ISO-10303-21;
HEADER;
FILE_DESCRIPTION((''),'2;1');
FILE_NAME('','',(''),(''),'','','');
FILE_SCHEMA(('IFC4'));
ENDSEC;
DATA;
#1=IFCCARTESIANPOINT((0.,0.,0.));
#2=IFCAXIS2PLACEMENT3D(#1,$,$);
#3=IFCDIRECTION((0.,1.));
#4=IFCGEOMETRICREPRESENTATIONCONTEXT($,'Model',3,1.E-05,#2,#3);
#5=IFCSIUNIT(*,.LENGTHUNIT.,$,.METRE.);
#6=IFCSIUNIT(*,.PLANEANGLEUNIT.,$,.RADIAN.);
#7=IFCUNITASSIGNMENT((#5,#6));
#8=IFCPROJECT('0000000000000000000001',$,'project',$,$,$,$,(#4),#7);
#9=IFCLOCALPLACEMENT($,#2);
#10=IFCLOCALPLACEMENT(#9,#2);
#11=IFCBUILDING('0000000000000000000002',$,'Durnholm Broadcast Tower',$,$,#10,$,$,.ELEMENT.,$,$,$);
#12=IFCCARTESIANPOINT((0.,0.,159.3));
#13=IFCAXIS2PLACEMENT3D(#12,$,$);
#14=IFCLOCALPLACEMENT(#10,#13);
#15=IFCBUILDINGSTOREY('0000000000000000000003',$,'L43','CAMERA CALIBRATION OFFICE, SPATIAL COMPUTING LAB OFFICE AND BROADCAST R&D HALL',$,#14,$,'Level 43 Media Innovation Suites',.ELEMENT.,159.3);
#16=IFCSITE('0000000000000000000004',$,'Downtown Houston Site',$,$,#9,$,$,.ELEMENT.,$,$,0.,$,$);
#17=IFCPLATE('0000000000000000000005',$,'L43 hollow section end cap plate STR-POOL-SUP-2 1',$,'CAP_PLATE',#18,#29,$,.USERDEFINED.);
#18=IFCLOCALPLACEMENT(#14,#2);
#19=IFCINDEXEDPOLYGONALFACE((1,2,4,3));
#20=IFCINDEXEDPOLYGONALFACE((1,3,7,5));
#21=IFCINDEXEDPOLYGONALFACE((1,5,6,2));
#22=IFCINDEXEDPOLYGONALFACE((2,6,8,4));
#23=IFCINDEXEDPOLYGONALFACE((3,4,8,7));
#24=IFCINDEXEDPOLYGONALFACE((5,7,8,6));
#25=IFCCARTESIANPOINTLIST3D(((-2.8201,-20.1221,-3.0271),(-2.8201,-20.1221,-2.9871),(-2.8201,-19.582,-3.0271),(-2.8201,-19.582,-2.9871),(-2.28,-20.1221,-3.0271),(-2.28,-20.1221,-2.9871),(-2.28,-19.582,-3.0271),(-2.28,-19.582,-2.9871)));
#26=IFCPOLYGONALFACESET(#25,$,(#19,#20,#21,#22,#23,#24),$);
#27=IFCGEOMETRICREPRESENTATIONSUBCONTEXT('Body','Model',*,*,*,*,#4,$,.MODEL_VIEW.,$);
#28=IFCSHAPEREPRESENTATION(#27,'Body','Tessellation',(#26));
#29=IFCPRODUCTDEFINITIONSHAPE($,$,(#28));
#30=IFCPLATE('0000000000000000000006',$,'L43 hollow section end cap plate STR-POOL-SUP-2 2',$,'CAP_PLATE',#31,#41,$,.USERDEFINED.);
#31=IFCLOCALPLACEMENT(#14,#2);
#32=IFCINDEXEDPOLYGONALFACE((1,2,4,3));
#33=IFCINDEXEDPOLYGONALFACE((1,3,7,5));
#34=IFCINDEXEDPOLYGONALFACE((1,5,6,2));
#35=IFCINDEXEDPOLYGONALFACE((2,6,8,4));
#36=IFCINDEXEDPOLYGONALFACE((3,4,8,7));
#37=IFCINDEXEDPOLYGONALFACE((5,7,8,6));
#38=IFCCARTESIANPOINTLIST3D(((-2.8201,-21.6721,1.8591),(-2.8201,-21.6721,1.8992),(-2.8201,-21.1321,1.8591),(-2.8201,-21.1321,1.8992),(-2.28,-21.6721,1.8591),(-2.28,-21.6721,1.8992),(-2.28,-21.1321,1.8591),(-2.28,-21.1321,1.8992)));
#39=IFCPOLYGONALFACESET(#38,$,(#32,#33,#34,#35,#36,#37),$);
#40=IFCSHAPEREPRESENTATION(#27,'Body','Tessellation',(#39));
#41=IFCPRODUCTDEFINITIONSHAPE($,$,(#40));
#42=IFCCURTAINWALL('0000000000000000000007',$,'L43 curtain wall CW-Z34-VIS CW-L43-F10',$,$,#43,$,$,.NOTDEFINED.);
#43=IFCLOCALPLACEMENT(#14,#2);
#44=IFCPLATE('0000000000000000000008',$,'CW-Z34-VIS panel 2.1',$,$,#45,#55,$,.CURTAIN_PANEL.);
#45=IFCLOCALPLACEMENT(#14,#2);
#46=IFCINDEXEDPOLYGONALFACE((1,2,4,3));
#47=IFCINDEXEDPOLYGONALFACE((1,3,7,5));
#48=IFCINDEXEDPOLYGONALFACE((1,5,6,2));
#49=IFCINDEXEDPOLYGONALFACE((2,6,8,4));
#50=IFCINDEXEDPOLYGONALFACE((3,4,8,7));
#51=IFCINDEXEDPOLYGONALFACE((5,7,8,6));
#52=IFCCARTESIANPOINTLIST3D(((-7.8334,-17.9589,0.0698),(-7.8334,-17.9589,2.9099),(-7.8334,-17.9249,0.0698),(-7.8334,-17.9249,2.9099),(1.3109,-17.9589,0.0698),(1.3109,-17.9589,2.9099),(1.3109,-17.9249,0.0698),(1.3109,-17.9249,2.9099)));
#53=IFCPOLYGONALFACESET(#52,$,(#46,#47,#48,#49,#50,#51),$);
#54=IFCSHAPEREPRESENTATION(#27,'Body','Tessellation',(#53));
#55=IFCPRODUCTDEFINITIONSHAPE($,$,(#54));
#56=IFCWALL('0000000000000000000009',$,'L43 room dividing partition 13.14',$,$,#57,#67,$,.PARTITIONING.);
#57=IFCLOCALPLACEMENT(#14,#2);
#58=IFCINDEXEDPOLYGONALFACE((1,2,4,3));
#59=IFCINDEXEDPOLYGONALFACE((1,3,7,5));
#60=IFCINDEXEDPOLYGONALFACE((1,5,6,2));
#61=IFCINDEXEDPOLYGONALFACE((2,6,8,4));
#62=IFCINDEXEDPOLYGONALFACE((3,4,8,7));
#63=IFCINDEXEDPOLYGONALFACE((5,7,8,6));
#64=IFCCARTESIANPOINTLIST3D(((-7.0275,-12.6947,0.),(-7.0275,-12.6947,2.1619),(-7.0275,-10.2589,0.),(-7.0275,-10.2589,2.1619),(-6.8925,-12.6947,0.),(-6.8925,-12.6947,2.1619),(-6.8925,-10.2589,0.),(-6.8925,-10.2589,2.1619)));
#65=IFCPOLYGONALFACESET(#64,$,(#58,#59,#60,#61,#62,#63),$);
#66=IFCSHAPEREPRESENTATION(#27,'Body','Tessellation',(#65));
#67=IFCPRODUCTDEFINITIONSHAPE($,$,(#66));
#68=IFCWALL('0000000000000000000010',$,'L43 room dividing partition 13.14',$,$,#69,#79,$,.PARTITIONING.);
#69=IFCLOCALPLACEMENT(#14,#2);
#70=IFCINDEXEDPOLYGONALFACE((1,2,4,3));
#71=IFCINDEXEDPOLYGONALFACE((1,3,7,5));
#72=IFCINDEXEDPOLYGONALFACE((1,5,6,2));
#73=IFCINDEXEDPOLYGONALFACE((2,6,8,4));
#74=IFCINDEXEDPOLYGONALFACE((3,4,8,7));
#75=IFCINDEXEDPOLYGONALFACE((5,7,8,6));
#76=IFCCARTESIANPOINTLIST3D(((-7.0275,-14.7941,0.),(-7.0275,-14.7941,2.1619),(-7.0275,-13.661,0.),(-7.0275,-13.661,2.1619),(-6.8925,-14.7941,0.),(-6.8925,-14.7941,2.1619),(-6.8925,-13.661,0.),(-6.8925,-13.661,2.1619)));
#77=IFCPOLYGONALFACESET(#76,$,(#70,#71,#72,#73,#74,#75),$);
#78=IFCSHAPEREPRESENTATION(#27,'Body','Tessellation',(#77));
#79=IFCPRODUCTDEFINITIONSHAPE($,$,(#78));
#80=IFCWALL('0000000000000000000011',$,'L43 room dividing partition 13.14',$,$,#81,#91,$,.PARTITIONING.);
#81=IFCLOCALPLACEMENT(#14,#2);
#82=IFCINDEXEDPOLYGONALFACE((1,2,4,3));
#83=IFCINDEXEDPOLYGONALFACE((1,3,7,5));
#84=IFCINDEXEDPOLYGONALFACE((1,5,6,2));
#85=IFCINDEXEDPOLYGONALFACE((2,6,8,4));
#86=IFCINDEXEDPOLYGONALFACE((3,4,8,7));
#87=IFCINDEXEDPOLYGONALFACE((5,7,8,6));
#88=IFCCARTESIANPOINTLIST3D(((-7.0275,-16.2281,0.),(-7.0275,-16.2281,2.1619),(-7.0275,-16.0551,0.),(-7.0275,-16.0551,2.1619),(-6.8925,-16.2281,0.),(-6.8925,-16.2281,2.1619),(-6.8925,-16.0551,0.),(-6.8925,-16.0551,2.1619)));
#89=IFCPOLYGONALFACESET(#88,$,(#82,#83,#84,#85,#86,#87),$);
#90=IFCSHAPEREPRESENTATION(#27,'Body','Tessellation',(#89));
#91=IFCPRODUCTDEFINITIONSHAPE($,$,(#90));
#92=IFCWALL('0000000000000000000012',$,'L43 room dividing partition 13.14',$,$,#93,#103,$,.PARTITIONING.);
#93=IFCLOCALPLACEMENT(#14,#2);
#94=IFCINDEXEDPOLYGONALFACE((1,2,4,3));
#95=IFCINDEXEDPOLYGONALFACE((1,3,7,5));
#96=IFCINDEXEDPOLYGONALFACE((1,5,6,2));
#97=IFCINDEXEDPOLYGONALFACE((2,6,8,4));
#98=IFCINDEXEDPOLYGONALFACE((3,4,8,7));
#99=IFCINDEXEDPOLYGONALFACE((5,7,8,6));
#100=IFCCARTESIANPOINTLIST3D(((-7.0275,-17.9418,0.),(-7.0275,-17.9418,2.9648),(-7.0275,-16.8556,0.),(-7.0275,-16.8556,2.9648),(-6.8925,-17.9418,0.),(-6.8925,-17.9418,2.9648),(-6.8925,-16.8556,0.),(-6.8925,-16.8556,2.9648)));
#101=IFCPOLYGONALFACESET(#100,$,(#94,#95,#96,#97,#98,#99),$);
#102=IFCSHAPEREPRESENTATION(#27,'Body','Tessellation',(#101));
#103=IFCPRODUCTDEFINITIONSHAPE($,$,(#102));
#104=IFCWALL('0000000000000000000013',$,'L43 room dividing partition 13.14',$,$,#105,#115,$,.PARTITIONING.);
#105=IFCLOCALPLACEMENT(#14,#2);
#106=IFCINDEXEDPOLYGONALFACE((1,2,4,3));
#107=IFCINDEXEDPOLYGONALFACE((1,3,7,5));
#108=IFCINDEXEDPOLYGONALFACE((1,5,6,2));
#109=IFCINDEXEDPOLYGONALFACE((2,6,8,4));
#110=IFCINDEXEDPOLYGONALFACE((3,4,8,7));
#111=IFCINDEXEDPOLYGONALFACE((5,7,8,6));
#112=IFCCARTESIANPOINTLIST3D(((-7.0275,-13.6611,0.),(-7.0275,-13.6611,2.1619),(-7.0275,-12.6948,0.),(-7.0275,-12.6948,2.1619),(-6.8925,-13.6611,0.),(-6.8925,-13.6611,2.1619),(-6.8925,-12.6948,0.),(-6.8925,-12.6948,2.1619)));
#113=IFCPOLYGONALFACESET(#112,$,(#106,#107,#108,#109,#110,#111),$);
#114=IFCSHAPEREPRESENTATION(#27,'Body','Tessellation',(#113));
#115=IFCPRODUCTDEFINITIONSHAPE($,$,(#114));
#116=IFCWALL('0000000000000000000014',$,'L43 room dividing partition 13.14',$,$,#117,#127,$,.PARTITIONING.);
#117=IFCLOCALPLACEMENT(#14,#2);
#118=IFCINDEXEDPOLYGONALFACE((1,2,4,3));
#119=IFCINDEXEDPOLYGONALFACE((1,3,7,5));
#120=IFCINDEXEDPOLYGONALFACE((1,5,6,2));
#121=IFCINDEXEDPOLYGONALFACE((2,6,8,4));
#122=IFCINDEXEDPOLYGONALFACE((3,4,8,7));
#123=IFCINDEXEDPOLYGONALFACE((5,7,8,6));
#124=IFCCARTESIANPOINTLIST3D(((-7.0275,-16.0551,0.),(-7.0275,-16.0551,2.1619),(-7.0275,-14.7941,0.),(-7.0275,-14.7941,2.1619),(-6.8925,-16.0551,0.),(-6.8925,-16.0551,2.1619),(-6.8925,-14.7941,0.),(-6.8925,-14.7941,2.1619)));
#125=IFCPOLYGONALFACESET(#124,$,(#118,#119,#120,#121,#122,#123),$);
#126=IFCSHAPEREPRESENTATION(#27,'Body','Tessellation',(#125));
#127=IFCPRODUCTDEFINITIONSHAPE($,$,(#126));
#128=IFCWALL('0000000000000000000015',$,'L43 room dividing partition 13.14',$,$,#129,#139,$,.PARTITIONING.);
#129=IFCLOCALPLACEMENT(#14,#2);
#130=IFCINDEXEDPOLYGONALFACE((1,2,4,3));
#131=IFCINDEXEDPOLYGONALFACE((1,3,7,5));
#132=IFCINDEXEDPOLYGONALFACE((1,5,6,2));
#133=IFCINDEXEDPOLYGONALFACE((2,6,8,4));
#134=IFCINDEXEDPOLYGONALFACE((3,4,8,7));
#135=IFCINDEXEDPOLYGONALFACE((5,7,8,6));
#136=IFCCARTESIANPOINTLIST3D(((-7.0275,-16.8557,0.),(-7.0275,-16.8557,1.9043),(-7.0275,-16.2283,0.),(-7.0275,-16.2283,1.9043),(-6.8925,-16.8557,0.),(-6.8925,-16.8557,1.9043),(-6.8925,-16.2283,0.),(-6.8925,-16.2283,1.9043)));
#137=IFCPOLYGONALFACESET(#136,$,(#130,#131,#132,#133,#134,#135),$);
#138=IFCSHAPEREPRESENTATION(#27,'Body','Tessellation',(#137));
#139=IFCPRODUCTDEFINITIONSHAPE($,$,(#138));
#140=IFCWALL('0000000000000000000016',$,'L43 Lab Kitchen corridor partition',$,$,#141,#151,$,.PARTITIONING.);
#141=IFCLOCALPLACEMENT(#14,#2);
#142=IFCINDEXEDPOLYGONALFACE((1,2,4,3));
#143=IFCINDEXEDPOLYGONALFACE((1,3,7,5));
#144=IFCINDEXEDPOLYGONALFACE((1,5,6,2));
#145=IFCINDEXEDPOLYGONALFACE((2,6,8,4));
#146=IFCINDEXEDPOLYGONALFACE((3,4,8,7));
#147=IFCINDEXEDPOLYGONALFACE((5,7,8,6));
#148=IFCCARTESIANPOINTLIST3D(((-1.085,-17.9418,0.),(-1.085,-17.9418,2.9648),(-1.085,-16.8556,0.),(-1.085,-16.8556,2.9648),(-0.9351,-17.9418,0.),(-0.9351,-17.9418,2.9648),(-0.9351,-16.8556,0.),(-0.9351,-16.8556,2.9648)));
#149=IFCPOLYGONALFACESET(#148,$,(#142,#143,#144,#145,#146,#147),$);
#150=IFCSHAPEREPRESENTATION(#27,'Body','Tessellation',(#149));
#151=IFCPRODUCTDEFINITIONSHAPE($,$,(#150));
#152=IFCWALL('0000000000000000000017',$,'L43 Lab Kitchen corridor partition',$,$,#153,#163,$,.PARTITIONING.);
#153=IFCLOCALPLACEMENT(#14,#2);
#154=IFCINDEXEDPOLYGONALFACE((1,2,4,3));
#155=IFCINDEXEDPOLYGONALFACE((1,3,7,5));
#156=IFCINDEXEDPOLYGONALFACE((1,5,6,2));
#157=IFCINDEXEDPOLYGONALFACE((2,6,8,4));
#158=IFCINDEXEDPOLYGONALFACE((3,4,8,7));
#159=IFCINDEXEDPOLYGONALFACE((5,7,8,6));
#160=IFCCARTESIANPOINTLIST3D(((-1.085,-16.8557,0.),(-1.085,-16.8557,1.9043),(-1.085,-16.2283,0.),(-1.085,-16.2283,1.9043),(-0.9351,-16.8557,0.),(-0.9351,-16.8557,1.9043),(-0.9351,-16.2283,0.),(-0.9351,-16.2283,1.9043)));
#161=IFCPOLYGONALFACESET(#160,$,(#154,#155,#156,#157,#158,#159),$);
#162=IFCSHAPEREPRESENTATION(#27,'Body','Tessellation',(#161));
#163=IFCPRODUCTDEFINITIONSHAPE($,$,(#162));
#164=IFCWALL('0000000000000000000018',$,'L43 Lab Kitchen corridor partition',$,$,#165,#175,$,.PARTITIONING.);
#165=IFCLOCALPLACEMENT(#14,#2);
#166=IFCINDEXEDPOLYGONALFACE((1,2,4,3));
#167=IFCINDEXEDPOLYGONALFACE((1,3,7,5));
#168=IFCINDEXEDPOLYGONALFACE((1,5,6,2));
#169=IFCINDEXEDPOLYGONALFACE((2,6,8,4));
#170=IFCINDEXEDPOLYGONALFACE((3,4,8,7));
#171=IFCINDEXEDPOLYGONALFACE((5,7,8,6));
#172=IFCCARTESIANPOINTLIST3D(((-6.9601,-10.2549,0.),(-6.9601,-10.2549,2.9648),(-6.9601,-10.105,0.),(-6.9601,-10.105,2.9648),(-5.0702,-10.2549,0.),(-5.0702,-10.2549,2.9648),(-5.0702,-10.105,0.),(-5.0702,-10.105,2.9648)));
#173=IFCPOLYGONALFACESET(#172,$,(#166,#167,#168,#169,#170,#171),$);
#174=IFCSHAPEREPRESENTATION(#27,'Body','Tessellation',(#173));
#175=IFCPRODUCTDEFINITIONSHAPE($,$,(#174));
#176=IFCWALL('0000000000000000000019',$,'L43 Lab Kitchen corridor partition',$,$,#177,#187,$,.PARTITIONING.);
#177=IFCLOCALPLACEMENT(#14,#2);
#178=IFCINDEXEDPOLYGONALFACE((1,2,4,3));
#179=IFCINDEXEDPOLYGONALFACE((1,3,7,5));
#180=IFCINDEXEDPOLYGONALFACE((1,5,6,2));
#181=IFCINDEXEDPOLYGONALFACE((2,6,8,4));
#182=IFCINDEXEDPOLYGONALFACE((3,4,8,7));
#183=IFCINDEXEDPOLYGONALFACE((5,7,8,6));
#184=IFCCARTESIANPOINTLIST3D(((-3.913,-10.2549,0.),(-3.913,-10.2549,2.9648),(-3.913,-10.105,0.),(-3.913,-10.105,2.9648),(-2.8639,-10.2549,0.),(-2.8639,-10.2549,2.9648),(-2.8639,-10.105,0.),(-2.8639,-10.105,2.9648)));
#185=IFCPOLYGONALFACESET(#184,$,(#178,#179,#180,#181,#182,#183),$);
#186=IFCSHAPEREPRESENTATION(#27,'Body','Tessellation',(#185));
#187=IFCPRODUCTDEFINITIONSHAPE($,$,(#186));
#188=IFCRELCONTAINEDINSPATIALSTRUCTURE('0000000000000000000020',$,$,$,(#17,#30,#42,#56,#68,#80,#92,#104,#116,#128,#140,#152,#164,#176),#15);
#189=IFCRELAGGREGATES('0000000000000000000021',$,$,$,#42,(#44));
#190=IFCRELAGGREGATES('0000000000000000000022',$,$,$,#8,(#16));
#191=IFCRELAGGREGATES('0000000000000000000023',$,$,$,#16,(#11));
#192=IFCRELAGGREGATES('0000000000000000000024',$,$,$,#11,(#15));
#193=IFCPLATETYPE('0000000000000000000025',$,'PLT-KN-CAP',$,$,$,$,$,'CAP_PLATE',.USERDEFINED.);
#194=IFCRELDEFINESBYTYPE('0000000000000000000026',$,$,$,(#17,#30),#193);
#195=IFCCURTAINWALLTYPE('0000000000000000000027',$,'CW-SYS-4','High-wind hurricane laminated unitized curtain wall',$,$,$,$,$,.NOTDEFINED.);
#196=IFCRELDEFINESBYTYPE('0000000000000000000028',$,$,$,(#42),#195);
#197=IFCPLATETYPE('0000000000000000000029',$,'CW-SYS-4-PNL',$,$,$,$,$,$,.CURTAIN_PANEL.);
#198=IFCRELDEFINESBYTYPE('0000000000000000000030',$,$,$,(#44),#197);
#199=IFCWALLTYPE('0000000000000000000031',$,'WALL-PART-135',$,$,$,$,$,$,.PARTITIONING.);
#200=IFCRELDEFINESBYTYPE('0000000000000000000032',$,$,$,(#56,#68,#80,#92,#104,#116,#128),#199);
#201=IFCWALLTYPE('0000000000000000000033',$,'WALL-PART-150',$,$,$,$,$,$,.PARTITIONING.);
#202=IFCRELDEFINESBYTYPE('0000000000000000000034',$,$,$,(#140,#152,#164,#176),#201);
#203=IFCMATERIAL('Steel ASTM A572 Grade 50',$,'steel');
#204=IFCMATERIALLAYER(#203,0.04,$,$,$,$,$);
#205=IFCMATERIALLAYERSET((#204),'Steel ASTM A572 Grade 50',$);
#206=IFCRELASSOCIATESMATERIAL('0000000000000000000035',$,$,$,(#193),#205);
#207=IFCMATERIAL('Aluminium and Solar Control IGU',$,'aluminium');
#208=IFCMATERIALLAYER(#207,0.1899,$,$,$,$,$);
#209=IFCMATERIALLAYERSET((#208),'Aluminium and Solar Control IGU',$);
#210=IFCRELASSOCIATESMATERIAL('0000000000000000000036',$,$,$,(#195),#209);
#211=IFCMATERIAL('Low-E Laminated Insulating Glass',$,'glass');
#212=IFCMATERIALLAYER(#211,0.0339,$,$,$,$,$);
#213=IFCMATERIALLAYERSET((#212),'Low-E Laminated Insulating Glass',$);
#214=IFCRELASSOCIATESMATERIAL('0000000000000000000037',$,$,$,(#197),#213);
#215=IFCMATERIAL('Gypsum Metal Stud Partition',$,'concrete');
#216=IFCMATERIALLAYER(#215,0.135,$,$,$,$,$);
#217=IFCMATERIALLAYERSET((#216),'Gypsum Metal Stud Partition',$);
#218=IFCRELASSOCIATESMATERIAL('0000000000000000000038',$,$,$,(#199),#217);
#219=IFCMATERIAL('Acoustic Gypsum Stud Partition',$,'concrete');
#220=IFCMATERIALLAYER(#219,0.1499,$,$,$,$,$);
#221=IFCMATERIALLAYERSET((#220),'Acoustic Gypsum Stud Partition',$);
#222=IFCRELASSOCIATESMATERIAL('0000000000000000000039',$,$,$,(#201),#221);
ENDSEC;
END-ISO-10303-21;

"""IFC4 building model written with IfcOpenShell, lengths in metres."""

from ifc_helpers import new_model, si_unit, direction, frame, frame_2d, origin, origin_2d, place, context, subcontext, project, spatial, rectangle, extrude, source, transform, mapped, material, layer, layer_set, type_object, type_shapes, element, aggregate, save


model = new_model("IFC4")

# Units and contexts
model_context = context("Model", 3, precision=1e-05, world=origin(), true_north=direction((0.0, 1.0)))
body_context = subcontext(model_context, "Body", "Model", "MODEL_VIEW")
ifc_project = project(units=[si_unit("LENGTHUNIT", "METRE"), si_unit("PLANEANGLEUNIT", "RADIAN")], contexts=[model_context])

# Site, building, storey
site_placement = place(None, origin())
site = spatial("IfcSite", under=ifc_project, at=site_placement, Name="Downtown Houston Site", CompositionType="ELEMENT", RefElevation=0.0)
building_placement = place(site_placement, origin())
building = spatial("IfcBuilding", under=site, at=building_placement, Name="Durnholm Broadcast Tower", CompositionType="ELEMENT")
storey_placement = place(building_placement, frame((0.0, 0.0, 159.3)))
storey = spatial("IfcBuildingStorey", under=building, at=storey_placement, Name="L43", Description="CAMERA CALIBRATION OFFICE, SPATIAL COMPUTING LAB OFFICE AND BROADCAST R&D HALL", LongName="Level 43 Media Innovation Suites", CompositionType="ELEMENT", Elevation=159.3)

# Plates
ifc_material_1 = material(Name="Steel ASTM A572 Grade 50", Category="steel")
ifc_layer_1 = layer(ifc_material_1, 0.04)
ifc_layer_set_1 = layer_set([ifc_layer_1], Name="Steel ASTM A572 Grade 50")
plate_type_1 = type_object("IfcPlateType", Name="PLT-KN-CAP", ElementType="CAP_PLATE", PredefinedType="USERDEFINED", material=ifc_layer_set_1)
shared_shape_1 = source(origin(), body_context, "Body", "SweptSolid", [
    extrude(rectangle(XDim=0.54, YDim=0.54, at=origin_2d()), origin(), (0.0, 0.0, 1.0), 0.04),
])
type_shapes(plate_type_1, [shared_shape_1])
for number, where, z_axis, x_axis, name in (
    (1, (-2.55, -19.8521, -3.0271), (0.0, 0.0, 1.0), (0.0, -1.0, 0.0), "L43 hollow section end cap plate STR-POOL-SUP-2 1"),
    (2, (-2.55, -21.4021, 1.8591), (0.0, 0.0, 1.0), (0.0, -1.0, 0.0), "L43 hollow section end cap plate STR-POOL-SUP-2 2"),
):
    element("IfcPlate", number, at=place(storey_placement, frame(where, z_axis=z_axis, x_axis=x_axis)), inside=storey, type_object=plate_type_1, Name=name, ObjectType="CAP_PLATE", PredefinedType="USERDEFINED", context=body_context, shape_type="MappedRepresentation", body=[
        mapped(shared_shape_1, transform((0.0, 0.0, 0.0), x_axis=(1.0, 0.0, 0.0), y_axis=(0.0, 1.0, 0.0), z_axis=(0.0, 0.0, 1.0), scale=1.0)),
    ])

# Curtain wall, plate
ifc_material_2 = material(Name="Aluminium and Solar Control IGU", Category="aluminium")
ifc_layer_2 = layer(ifc_material_2, 0.1899)
ifc_layer_set_2 = layer_set([ifc_layer_2], Name="Aluminium and Solar Control IGU")
curtain_wall_type = type_object("IfcCurtainWallType", Name="CW-SYS-4", Description="High-wind hurricane laminated unitized curtain wall", PredefinedType="NOTDEFINED", material=ifc_layer_set_2)
curtain_wall_placement = place(storey_placement, origin())
curtain_wall = element("IfcCurtainWall", 3, at=curtain_wall_placement, inside=storey, type_object=curtain_wall_type, Name="L43 curtain wall CW-Z34-VIS CW-L43-F10", PredefinedType="NOTDEFINED")
ifc_material_3 = material(Name="Low-E Laminated Insulating Glass", Category="glass")
ifc_layer_3 = layer(ifc_material_3, 0.0339)
ifc_layer_set_3 = layer_set([ifc_layer_3], Name="Low-E Laminated Insulating Glass")
plate_type_2 = type_object("IfcPlateType", Name="CW-SYS-4-PNL", PredefinedType="CURTAIN_PANEL", material=ifc_layer_set_3)
shared_shape_2 = source(origin(), body_context, "Body", "SweptSolid", [
    extrude(rectangle(XDim=9.1443, YDim=0.0339, at=origin_2d()), origin(), (0.0, 0.0, 1.0), 2.8401),
])
type_shapes(plate_type_2, [shared_shape_2])
plate_placement = place(storey_placement, frame((-3.2612, -17.9419, 0.0698), z_axis=(0.0, 0.0, 1.0), x_axis=(-1.0, 0.0, 0.0)))
plate = element("IfcPlate", 4, at=plate_placement, type_object=plate_type_2, Name="CW-Z34-VIS panel 2.1", PredefinedType="CURTAIN_PANEL", context=body_context, shape_type="MappedRepresentation", body=[
    mapped(shared_shape_2, transform((0.0, 0.0, 0.0), x_axis=(1.0, 0.0, 0.0), y_axis=(0.0, 1.0, 0.0), z_axis=(0.0, 0.0, 1.0), scale=1.0)),
])
aggregate(curtain_wall, [plate])

# Walls
ifc_material_4 = material(Name="Gypsum Metal Stud Partition", Category="concrete")
ifc_layer_4 = layer(ifc_material_4, 0.135)
ifc_layer_set_4 = layer_set([ifc_layer_4], Name="Gypsum Metal Stud Partition")
wall_type_1 = type_object("IfcWallType", Name="WALL-PART-135", PredefinedType="PARTITIONING", material=ifc_layer_set_4)
wall_1_placement = place(storey_placement, frame((-6.96, -10.259, 0.0), z_axis=(0.0, 0.0, 1.0), x_axis=(0.0, -1.0, 0.0)))
element("IfcWall", 5, at=wall_1_placement, inside=storey, type_object=wall_type_1, Name="L43 room dividing partition 13.14", PredefinedType="PARTITIONING", context=body_context, shape_type="SweptSolid", body=[
    extrude(rectangle(XDim=2.4358, YDim=0.135, at=frame_2d((1.2178, 0.0))), origin(), (0.0, 0.0, 1.0), 2.1619),
])
wall_2_placement = place(storey_placement, frame((-6.96, -13.6611, 0.0), z_axis=(0.0, 0.0, 1.0), x_axis=(0.0, -1.0, 0.0)))
element("IfcWall", 6, at=wall_2_placement, inside=storey, type_object=wall_type_1, Name="L43 room dividing partition 13.14", PredefinedType="PARTITIONING", context=body_context, shape_type="SweptSolid", body=[
    extrude(rectangle(XDim=1.1331, YDim=0.135, at=frame_2d((0.5664, 0.0))), origin(), (0.0, 0.0, 1.0), 2.1619),
])
wall_3_placement = place(storey_placement, frame((-6.96, -16.0552, 0.0), z_axis=(0.0, 0.0, 1.0), x_axis=(0.0, -1.0, 0.0)))
element("IfcWall", 7, at=wall_3_placement, inside=storey, type_object=wall_type_1, Name="L43 room dividing partition 13.14", PredefinedType="PARTITIONING", context=body_context, shape_type="SweptSolid", body=[
    extrude(rectangle(XDim=0.1731, YDim=0.135, at=frame_2d((0.0864, 0.0))), origin(), (0.0, 0.0, 1.0), 2.1619),
])
wall_4_placement = place(storey_placement, frame((-6.96, -16.8557, 0.0), z_axis=(0.0, 0.0, 1.0), x_axis=(0.0, -1.0, 0.0)))
element("IfcWall", 8, at=wall_4_placement, inside=storey, type_object=wall_type_1, Name="L43 room dividing partition 13.14", PredefinedType="PARTITIONING", context=body_context, shape_type="SweptSolid", body=[
    extrude(rectangle(XDim=1.0862, YDim=0.135, at=frame_2d((0.543, 0.0))), origin(), (0.0, 0.0, 1.0), 2.9648),
])
wall_5_placement = place(storey_placement, frame((-6.96, -12.6948, 0.0), z_axis=(0.0, 0.0, 1.0), x_axis=(0.0, -1.0, 0.0)))
element("IfcWall", 9, at=wall_5_placement, inside=storey, type_object=wall_type_1, Name="L43 room dividing partition 13.14", PredefinedType="PARTITIONING", context=body_context, shape_type="SweptSolid", body=[
    extrude(rectangle(XDim=0.9663, YDim=0.135, at=frame_2d((0.4832, 0.0))), origin(), (0.0, 0.0, 1.0), 2.1619),
])
wall_6_placement = place(storey_placement, frame((-6.96, -14.7942, 0.0), z_axis=(0.0, 0.0, 1.0), x_axis=(0.0, -1.0, 0.0)))
element("IfcWall", 10, at=wall_6_placement, inside=storey, type_object=wall_type_1, Name="L43 room dividing partition 13.14", PredefinedType="PARTITIONING", context=body_context, shape_type="SweptSolid", body=[
    extrude(rectangle(XDim=1.261, YDim=0.135, at=frame_2d((0.6304, 0.0))), origin(), (0.0, 0.0, 1.0), 2.1619),
])
wall_7_placement = place(storey_placement, frame((-6.96, -16.2283, 0.0), z_axis=(0.0, 0.0, 1.0), x_axis=(0.0, -1.0, 0.0)))
element("IfcWall", 11, at=wall_7_placement, inside=storey, type_object=wall_type_1, Name="L43 room dividing partition 13.14", PredefinedType="PARTITIONING", context=body_context, shape_type="SweptSolid", body=[
    extrude(rectangle(XDim=0.6274, YDim=0.135, at=frame_2d((0.3137, 0.0))), origin(), (0.0, 0.0, 1.0), 1.9043),
])
ifc_material_5 = material(Name="Acoustic Gypsum Stud Partition", Category="concrete")
ifc_layer_5 = layer(ifc_material_5, 0.1499)
ifc_layer_set_5 = layer_set([ifc_layer_5], Name="Acoustic Gypsum Stud Partition")
wall_type_2 = type_object("IfcWallType", Name="WALL-PART-150", PredefinedType="PARTITIONING", material=ifc_layer_set_5)
wall_8_placement = place(storey_placement, frame((-1.01, -16.8557, 0.0), z_axis=(0.0, 0.0, 1.0), x_axis=(0.0, -1.0, 0.0)))
element("IfcWall", 12, at=wall_8_placement, inside=storey, type_object=wall_type_2, Name="L43 Lab Kitchen corridor partition", PredefinedType="PARTITIONING", context=body_context, shape_type="SweptSolid", body=[
    extrude(rectangle(XDim=1.0862, YDim=0.1499, at=frame_2d((0.543, 0.0))), origin(), (0.0, 0.0, 1.0), 2.9648),
])
wall_9_placement = place(storey_placement, frame((-1.01, -16.2283, 0.0), z_axis=(0.0, 0.0, 1.0), x_axis=(0.0, -1.0, 0.0)))
element("IfcWall", 13, at=wall_9_placement, inside=storey, type_object=wall_type_2, Name="L43 Lab Kitchen corridor partition", PredefinedType="PARTITIONING", context=body_context, shape_type="SweptSolid", body=[
    extrude(rectangle(XDim=0.6274, YDim=0.1499, at=frame_2d((0.3137, 0.0))), origin(), (0.0, 0.0, 1.0), 1.9043),
])
wall_10_placement = place(storey_placement, frame((-6.96, -10.1799, 0.0), z_axis=(0.0, 0.0, 1.0), x_axis=(1.0, 0.0, 0.0)))
element("IfcWall", 14, at=wall_10_placement, inside=storey, type_object=wall_type_2, Name="L43 Lab Kitchen corridor partition", PredefinedType="PARTITIONING", context=body_context, shape_type="SweptSolid", body=[
    extrude(rectangle(XDim=1.8899, YDim=0.1499, at=frame_2d((0.9448, 0.0))), origin(), (0.0, 0.0, 1.0), 2.9648),
])
wall_11_placement = place(storey_placement, frame((-3.9128, -10.1799, 0.0), z_axis=(0.0, 0.0, 1.0), x_axis=(1.0, 0.0, 0.0)))
element("IfcWall", 15, at=wall_11_placement, inside=storey, type_object=wall_type_2, Name="L43 Lab Kitchen corridor partition", PredefinedType="PARTITIONING", context=body_context, shape_type="SweptSolid", body=[
    extrude(rectangle(XDim=1.0491, YDim=0.1499, at=frame_2d((0.5244, 0.0))), origin(), (0.0, 0.0, 1.0), 2.9648),
])

save(model, "model.ifc")
